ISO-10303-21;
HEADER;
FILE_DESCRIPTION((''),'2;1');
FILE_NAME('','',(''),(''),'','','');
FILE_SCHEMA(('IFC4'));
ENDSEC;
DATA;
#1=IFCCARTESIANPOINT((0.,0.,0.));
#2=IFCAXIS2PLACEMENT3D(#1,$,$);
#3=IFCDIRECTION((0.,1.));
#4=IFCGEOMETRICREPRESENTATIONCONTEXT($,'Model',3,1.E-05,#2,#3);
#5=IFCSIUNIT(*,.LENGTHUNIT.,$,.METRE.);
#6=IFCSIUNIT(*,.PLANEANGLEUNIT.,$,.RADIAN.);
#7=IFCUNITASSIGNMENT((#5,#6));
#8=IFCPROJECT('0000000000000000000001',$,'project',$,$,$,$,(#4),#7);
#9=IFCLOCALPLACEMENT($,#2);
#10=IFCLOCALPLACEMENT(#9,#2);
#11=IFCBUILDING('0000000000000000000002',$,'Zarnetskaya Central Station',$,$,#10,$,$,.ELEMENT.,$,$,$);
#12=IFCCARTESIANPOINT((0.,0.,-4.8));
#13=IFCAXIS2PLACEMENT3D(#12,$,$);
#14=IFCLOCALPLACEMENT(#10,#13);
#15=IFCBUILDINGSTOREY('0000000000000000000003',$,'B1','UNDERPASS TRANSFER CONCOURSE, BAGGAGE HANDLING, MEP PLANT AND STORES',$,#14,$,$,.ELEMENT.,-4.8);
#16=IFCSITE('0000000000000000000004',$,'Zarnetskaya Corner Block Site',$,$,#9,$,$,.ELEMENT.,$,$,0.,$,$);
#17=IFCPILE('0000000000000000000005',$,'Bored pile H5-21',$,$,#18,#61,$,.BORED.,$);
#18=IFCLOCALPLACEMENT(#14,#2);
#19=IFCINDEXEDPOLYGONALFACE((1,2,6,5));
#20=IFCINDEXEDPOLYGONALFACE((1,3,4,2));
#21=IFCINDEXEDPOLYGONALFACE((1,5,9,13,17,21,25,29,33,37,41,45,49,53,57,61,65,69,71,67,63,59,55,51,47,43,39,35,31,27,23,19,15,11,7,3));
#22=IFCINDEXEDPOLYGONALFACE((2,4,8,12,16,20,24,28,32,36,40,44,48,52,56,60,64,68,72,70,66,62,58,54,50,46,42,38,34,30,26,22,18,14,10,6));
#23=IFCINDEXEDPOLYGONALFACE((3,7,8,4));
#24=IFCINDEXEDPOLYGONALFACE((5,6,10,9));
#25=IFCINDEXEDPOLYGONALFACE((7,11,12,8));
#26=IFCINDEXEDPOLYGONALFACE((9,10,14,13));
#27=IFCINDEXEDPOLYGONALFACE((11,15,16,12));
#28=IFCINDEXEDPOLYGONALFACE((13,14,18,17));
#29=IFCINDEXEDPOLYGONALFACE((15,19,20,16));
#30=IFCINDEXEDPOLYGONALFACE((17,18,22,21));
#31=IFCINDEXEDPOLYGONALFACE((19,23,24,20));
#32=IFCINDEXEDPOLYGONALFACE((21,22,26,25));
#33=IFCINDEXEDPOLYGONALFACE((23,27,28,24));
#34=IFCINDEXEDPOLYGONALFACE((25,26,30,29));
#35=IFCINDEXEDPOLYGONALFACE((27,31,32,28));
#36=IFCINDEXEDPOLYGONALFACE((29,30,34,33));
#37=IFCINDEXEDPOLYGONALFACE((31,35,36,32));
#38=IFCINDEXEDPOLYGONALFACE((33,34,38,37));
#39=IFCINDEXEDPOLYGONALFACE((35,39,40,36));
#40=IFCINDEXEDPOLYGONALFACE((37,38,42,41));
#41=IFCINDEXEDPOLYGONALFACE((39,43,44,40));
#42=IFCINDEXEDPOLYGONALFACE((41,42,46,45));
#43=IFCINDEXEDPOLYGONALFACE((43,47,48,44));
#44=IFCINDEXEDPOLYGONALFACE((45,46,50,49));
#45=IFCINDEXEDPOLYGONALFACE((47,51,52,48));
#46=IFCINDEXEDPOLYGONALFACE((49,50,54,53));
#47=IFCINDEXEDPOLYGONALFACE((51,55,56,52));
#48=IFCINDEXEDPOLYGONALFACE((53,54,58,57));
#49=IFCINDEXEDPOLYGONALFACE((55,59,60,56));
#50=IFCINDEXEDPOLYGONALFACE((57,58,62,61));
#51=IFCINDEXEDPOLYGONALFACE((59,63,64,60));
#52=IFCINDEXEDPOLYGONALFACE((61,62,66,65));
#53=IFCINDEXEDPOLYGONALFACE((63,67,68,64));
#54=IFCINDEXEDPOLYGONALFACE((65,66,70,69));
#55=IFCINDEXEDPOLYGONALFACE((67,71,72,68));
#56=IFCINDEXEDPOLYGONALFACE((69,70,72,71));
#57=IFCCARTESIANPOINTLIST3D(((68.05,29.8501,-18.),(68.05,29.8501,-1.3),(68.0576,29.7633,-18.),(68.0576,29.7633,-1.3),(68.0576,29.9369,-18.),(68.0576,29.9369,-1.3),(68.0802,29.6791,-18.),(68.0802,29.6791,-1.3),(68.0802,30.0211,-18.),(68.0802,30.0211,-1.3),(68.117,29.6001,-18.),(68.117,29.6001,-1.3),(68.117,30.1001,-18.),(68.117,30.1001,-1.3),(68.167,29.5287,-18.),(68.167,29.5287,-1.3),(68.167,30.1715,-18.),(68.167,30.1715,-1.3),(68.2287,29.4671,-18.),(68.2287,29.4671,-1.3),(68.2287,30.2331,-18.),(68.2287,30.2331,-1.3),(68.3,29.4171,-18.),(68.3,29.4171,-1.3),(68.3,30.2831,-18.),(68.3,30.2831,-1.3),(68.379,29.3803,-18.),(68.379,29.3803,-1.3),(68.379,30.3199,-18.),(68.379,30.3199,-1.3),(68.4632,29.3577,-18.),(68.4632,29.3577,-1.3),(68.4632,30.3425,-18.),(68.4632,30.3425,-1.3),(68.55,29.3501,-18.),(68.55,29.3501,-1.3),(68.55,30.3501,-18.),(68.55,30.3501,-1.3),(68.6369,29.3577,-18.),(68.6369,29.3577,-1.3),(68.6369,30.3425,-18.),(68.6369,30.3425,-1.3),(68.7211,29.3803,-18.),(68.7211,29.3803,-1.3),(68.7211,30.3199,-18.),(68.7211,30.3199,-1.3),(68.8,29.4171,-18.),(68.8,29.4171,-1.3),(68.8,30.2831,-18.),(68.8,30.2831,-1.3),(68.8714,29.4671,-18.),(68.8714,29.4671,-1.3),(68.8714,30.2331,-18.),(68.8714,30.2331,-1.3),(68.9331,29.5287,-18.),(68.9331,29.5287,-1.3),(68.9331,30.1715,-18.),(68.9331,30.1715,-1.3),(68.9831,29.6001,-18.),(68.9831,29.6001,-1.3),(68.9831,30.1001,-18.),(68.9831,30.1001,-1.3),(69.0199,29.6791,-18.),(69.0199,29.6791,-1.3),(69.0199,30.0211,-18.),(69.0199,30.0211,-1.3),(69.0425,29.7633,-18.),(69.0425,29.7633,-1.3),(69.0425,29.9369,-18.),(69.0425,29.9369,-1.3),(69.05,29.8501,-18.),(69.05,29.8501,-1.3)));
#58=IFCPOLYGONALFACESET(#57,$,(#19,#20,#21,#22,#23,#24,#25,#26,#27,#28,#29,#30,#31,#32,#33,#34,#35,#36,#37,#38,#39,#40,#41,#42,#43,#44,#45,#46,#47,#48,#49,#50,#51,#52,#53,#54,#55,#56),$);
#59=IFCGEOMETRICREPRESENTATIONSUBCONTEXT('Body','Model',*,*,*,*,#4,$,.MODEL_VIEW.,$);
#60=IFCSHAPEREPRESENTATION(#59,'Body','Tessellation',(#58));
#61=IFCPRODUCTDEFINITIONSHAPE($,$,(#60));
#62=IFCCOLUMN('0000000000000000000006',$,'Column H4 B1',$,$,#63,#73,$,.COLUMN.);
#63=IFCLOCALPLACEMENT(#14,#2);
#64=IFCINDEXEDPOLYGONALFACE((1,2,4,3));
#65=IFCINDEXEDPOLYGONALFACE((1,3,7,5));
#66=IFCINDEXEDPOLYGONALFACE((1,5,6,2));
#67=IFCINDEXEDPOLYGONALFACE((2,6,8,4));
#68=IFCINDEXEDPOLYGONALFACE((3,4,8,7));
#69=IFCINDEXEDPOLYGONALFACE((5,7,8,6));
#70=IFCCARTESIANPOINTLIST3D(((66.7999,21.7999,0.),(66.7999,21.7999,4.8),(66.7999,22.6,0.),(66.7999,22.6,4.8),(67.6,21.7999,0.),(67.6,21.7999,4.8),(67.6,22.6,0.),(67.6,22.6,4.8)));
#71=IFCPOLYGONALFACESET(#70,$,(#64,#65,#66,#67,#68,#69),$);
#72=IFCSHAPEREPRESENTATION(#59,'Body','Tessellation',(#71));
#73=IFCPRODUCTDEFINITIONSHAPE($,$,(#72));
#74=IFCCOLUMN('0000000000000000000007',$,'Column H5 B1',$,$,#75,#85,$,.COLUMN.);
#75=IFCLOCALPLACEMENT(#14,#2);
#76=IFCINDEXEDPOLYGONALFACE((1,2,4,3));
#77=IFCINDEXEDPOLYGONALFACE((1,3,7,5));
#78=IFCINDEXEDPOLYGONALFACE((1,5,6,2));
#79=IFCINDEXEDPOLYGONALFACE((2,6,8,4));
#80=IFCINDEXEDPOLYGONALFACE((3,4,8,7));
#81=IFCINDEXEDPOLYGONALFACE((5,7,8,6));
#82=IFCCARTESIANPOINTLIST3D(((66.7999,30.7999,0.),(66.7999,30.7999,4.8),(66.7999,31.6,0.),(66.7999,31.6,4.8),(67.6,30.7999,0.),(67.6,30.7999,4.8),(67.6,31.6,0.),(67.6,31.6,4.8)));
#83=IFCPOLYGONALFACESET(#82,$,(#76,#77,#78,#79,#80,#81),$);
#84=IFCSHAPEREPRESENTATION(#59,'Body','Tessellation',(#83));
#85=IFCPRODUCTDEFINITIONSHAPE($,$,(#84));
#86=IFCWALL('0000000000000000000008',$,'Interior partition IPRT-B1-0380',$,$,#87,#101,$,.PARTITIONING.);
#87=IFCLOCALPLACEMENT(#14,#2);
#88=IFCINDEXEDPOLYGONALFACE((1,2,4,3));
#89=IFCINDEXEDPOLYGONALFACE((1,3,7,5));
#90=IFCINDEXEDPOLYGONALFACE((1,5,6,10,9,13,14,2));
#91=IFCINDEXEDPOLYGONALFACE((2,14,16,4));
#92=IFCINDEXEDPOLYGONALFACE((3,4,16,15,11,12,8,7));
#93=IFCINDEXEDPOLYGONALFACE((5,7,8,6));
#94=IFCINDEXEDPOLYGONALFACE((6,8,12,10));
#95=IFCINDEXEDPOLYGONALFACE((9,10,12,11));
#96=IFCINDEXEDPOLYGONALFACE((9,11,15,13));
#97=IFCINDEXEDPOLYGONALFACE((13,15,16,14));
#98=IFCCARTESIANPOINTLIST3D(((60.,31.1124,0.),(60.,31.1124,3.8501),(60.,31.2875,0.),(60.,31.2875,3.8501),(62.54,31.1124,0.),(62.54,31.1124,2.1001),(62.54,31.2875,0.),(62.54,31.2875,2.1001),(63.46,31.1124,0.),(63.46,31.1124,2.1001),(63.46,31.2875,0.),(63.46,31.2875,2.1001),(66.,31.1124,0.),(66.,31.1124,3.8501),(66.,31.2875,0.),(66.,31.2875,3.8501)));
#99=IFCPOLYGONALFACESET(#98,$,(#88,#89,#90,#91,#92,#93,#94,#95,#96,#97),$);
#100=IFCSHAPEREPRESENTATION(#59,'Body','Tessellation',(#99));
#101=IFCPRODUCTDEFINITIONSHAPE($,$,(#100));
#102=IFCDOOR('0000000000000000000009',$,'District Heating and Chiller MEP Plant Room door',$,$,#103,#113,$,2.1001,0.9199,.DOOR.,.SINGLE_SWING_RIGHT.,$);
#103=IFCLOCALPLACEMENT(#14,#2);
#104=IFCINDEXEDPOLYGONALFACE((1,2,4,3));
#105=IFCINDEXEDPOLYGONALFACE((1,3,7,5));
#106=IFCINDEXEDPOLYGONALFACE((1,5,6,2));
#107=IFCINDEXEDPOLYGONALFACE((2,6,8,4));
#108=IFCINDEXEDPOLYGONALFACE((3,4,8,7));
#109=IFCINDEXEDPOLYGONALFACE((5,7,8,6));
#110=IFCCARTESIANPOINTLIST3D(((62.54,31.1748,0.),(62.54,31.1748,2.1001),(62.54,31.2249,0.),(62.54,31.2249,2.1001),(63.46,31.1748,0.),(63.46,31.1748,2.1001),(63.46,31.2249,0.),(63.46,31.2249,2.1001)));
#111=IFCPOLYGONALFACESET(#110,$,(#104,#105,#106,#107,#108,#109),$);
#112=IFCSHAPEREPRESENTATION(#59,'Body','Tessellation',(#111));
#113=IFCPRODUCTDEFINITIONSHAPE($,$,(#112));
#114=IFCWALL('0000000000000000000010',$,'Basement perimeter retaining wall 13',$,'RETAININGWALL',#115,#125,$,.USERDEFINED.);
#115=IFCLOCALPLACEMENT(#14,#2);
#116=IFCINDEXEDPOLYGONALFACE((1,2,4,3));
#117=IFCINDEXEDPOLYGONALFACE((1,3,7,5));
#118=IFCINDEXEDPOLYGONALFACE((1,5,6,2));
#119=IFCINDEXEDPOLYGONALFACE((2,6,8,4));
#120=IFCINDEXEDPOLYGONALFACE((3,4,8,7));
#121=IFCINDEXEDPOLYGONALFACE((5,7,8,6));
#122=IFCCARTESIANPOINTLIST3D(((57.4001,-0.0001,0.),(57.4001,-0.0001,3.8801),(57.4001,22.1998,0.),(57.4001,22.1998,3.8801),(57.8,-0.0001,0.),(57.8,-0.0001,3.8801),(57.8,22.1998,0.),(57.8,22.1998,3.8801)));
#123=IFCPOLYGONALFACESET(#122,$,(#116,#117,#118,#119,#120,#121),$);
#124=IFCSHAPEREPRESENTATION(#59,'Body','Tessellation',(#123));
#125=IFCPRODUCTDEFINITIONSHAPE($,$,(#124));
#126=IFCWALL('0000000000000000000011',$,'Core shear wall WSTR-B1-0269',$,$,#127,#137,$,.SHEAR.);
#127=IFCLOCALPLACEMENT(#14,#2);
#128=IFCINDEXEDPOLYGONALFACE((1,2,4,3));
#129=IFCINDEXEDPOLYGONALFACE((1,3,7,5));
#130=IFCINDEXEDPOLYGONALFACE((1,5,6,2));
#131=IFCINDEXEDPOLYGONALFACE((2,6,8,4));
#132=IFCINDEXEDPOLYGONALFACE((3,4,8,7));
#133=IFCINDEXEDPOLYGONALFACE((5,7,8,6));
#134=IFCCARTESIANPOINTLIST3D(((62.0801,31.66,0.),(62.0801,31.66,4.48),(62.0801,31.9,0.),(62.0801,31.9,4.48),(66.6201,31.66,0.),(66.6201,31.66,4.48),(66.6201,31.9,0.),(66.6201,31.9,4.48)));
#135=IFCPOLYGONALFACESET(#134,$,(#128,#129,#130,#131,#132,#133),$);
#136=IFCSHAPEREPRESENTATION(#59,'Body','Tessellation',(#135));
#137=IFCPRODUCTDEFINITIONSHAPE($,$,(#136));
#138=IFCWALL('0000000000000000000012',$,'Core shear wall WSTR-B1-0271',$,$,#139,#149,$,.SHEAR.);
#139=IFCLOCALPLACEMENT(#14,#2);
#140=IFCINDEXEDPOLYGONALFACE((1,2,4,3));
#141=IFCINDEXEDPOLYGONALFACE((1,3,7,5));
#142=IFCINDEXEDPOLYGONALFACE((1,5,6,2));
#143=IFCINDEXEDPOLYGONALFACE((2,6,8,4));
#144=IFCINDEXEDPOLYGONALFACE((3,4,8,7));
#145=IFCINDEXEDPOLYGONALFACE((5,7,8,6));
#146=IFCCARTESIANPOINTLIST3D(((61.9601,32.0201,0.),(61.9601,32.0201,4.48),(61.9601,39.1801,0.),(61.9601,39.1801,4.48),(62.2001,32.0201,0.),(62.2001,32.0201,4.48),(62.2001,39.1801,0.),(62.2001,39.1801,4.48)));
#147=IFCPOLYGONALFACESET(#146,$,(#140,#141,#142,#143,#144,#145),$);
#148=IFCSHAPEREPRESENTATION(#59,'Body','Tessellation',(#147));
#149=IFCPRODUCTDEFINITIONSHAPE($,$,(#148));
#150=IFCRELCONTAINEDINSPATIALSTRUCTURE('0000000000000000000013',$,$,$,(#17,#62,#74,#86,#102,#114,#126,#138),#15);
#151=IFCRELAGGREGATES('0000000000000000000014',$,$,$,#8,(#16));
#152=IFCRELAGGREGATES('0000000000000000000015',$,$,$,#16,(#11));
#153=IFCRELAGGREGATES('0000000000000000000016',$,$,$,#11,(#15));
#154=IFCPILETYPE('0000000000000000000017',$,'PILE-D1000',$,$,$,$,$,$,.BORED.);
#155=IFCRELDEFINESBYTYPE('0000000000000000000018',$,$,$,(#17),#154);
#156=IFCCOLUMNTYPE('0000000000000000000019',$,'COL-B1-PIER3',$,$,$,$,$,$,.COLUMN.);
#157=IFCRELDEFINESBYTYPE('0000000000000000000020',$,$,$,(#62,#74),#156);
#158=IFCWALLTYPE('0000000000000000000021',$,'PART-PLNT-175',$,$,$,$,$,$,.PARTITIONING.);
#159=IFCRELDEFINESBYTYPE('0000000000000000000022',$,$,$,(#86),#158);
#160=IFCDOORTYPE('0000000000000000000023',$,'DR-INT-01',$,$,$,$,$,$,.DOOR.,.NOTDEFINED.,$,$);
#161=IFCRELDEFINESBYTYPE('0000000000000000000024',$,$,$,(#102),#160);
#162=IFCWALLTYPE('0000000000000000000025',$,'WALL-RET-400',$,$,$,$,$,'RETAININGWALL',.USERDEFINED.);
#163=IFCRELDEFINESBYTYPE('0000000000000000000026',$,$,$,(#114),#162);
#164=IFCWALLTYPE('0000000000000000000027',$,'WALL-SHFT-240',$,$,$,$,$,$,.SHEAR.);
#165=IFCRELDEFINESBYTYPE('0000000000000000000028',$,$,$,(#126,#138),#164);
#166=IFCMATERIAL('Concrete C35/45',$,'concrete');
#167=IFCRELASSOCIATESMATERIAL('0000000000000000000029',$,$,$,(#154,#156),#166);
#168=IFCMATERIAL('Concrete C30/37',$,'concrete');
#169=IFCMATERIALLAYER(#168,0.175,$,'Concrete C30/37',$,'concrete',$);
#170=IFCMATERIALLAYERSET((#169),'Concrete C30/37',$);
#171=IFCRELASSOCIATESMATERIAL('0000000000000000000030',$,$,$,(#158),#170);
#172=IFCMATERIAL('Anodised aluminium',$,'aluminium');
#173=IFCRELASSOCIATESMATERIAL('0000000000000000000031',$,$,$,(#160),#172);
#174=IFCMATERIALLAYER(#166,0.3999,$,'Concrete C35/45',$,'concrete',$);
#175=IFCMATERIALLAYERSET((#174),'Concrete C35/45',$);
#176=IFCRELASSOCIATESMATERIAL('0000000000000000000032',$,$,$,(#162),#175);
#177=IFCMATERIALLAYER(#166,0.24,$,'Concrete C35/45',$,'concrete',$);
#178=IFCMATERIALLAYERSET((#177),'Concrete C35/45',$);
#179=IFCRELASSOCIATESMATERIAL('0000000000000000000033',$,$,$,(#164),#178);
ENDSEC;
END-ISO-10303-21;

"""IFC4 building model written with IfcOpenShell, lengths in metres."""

from ifc_helpers import new_model, si_unit, direction, frame, frame_2d, origin, origin_2d, place, context, subcontext, project, spatial, rectangle, circle, extrude, material, layer, layer_set, material_profile, profile_set, type_object, element, fill, save


model = new_model("IFC4")

# Units and contexts
model_context = context("Model", 3, precision=1e-05, world=origin(), true_north=direction((0.0, 1.0)))
body_context = subcontext(model_context, "Body", "Model", "MODEL_VIEW")
ifc_project = project(units=[si_unit("LENGTHUNIT", "METRE"), si_unit("PLANEANGLEUNIT", "RADIAN")], contexts=[model_context])

# Site, building, storey
site_placement = place(None, origin())
site = spatial("IfcSite", under=ifc_project, at=site_placement, Name="Zarnetskaya Corner Block Site", CompositionType="ELEMENT", RefElevation=0.0)
building_placement = place(site_placement, origin())
building = spatial("IfcBuilding", under=site, at=building_placement, Name="Zarnetskaya Central Station", CompositionType="ELEMENT")
storey_placement = place(building_placement, frame((0.0, 0.0, -4.8)))
storey = spatial("IfcBuildingStorey", under=building, at=storey_placement, Name="B1", Description="UNDERPASS TRANSFER CONCOURSE, BAGGAGE HANDLING, MEP PLANT AND STORES", CompositionType="ELEMENT", Elevation=-4.8)

# Shared definitions
ifc_material_1 = material(Name="Concrete C35/45", Category="concrete")

# Pile
ifc_material_profile_1 = material_profile(ifc_material_1, circle(Radius=0.5, at=origin_2d()), Name="BORED PILE D1000")
ifc_profile_set_1 = profile_set([ifc_material_profile_1], Name="Concrete C35/45")
pile_type = type_object("IfcPileType", Name="PILE-D1000", PredefinedType="BORED", material=ifc_profile_set_1)
for number, where, z_axis, x_axis, name in (
    (1, (68.55, 29.8501, -1.3), (0.0, 0.0, -1.0), (1.0, 0.0, 0.0), "Bored pile H5-21"),
):
    element("IfcPile", number, at=place(storey_placement, frame(where, z_axis=z_axis, x_axis=x_axis)), inside=storey, type_object=pile_type, Name=name, PredefinedType="BORED", context=body_context, shape_type="SweptSolid", body=[
        extrude(circle(Radius=0.5, at=origin_2d()), origin(), (0.0, 0.0, 1.0), 16.7),
    ])

# Columns
ifc_material_profile_2 = material_profile(ifc_material_1, rectangle(XDim=0.8, YDim=0.8, at=origin_2d()), Name="RC 800x800")
ifc_profile_set_2 = profile_set([ifc_material_profile_2], Name="Concrete C35/45")
column_type = type_object("IfcColumnType", Name="COL-B1-PIER3", PredefinedType="COLUMN", material=ifc_profile_set_2)
for number, where, z_axis, x_axis, name in (
    (2, (67.2, 22.2, 0.0), (0.0, 0.0, 1.0), (1.0, 0.0, 0.0), "Column H4 B1"),
    (3, (67.2, 31.2, 0.0), (0.0, 0.0, 1.0), (1.0, 0.0, 0.0), "Column H5 B1"),
):
    element("IfcColumn", number, at=place(storey_placement, frame(where, z_axis=z_axis, x_axis=x_axis)), inside=storey, type_object=column_type, Name=name, PredefinedType="COLUMN", context=body_context, shape_type="SweptSolid", body=[
        extrude(rectangle(XDim=0.8, YDim=0.8, at=origin_2d()), origin(), (0.0, 0.0, 1.0), 4.8),
    ])

# Wall, opening, door
ifc_material_2 = material(Name="Concrete C30/37", Category="concrete")
ifc_layer_1 = layer(ifc_material_2, 0.175, Name="Concrete C30/37", Category="concrete")
ifc_layer_set_1 = layer_set([ifc_layer_1], Name="Concrete C30/37")
wall_type_1 = type_object("IfcWallType", Name="PART-PLNT-175", PredefinedType="PARTITIONING", material=ifc_layer_set_1)
wall_1_placement = place(storey_placement, frame((60.0, 31.2, 0.0), z_axis=(0.0, 0.0, 1.0), x_axis=(1.0, 0.0, 0.0)))
wall_1 = element("IfcWall", 4, at=wall_1_placement, inside=storey, type_object=wall_type_1, Name="Interior partition IPRT-B1-0380", PredefinedType="PARTITIONING", context=body_context, shape_type="SweptSolid", body=[
    extrude(rectangle(XDim=6.0, YDim=0.175, at=frame_2d((3.0, 0.0))), origin(), (0.0, 0.0, 1.0), 3.8501),
])
opening_placement = place(wall_1_placement, frame((2.54, 0.0, 0.0)))
opening = element("IfcOpeningElement", 5, at=opening_placement, cuts=wall_1, PredefinedType="OPENING", context=body_context, shape_type="SweptSolid", body=[
    extrude(rectangle(XDim=0.9199, YDim=2.1001, at=frame_2d((0.46, 1.05))), frame((0.0, 0.0977, 0.0), z_axis=(0.0, -1.0, 0.0), x_axis=(1.0, 0.0, 0.0)), (0.0, 0.0, 1.0), 0.1951),
])
ifc_material_3 = material(Name="Anodised aluminium", Category="aluminium")
door_type = type_object("IfcDoorType", Name="DR-INT-01", OperationType="NOTDEFINED", PredefinedType="DOOR", material=ifc_material_3)
door_placement = place(opening_placement, origin())
door = element("IfcDoor", 6, at=door_placement, inside=storey, type_object=door_type, Name="District Heating and Chiller MEP Plant Room door", OperationType="SINGLE_SWING_RIGHT", OverallHeight=2.1001, OverallWidth=0.9199, PredefinedType="DOOR", context=body_context, shape_type="SweptSolid", body=[
    extrude(rectangle(XDim=0.9199, YDim=2.1001, at=frame_2d((0.46, 1.05))), frame((0.0, 0.0249, 0.0), z_axis=(0.0, -1.0, 0.0), x_axis=(1.0, 0.0, 0.0)), (0.0, 0.0, 1.0), 0.05),
])
fill(opening, door)

# Walls
ifc_layer_2 = layer(ifc_material_1, 0.3999, Name="Concrete C35/45", Category="concrete")
ifc_layer_set_2 = layer_set([ifc_layer_2], Name="Concrete C35/45")
wall_type_2 = type_object("IfcWallType", Name="WALL-RET-400", ElementType="RETAININGWALL", PredefinedType="USERDEFINED", material=ifc_layer_set_2)
wall_2_placement = place(storey_placement, frame((57.6001, 22.2, 0.0), z_axis=(0.0, 0.0, 1.0), x_axis=(0.0, -1.0, 0.0)))
element("IfcWall", 7, at=wall_2_placement, inside=storey, type_object=wall_type_2, Name="Basement perimeter retaining wall 13", ObjectType="RETAININGWALL", PredefinedType="USERDEFINED", context=body_context, shape_type="SweptSolid", body=[
    extrude(rectangle(XDim=22.2, YDim=0.3999, at=frame_2d((11.1001, 0.0))), origin(), (0.0, 0.0, 1.0), 3.8801),
])
ifc_layer_3 = layer(ifc_material_1, 0.24, Name="Concrete C35/45", Category="concrete")
ifc_layer_set_3 = layer_set([ifc_layer_3], Name="Concrete C35/45")
wall_type_3 = type_object("IfcWallType", Name="WALL-SHFT-240", PredefinedType="SHEAR", material=ifc_layer_set_3)
wall_3_placement = place(storey_placement, frame((66.6201, 31.78, 0.0), z_axis=(0.0, 0.0, 1.0), x_axis=(-1.0, 0.0, 0.0)))
element("IfcWall", 8, at=wall_3_placement, inside=storey, type_object=wall_type_3, Name="Core shear wall WSTR-B1-0269", PredefinedType="SHEAR", context=body_context, shape_type="SweptSolid", body=[
    extrude(rectangle(XDim=4.54, YDim=0.24, at=frame_2d((2.27, 0.0))), origin(), (0.0, 0.0, 1.0), 4.48),
])
wall_4_placement = place(storey_placement, frame((62.0801, 32.02, 0.0), z_axis=(0.0, 0.0, 1.0), x_axis=(0.0, 1.0, 0.0)))
element("IfcWall", 9, at=wall_4_placement, inside=storey, type_object=wall_type_3, Name="Core shear wall WSTR-B1-0271", PredefinedType="SHEAR", context=body_context, shape_type="SweptSolid", body=[
    extrude(rectangle(XDim=7.1599, YDim=0.24, at=frame_2d((3.5801, 0.0))), origin(), (0.0, 0.0, 1.0), 4.48),
])

save(model, "model.ifc")
